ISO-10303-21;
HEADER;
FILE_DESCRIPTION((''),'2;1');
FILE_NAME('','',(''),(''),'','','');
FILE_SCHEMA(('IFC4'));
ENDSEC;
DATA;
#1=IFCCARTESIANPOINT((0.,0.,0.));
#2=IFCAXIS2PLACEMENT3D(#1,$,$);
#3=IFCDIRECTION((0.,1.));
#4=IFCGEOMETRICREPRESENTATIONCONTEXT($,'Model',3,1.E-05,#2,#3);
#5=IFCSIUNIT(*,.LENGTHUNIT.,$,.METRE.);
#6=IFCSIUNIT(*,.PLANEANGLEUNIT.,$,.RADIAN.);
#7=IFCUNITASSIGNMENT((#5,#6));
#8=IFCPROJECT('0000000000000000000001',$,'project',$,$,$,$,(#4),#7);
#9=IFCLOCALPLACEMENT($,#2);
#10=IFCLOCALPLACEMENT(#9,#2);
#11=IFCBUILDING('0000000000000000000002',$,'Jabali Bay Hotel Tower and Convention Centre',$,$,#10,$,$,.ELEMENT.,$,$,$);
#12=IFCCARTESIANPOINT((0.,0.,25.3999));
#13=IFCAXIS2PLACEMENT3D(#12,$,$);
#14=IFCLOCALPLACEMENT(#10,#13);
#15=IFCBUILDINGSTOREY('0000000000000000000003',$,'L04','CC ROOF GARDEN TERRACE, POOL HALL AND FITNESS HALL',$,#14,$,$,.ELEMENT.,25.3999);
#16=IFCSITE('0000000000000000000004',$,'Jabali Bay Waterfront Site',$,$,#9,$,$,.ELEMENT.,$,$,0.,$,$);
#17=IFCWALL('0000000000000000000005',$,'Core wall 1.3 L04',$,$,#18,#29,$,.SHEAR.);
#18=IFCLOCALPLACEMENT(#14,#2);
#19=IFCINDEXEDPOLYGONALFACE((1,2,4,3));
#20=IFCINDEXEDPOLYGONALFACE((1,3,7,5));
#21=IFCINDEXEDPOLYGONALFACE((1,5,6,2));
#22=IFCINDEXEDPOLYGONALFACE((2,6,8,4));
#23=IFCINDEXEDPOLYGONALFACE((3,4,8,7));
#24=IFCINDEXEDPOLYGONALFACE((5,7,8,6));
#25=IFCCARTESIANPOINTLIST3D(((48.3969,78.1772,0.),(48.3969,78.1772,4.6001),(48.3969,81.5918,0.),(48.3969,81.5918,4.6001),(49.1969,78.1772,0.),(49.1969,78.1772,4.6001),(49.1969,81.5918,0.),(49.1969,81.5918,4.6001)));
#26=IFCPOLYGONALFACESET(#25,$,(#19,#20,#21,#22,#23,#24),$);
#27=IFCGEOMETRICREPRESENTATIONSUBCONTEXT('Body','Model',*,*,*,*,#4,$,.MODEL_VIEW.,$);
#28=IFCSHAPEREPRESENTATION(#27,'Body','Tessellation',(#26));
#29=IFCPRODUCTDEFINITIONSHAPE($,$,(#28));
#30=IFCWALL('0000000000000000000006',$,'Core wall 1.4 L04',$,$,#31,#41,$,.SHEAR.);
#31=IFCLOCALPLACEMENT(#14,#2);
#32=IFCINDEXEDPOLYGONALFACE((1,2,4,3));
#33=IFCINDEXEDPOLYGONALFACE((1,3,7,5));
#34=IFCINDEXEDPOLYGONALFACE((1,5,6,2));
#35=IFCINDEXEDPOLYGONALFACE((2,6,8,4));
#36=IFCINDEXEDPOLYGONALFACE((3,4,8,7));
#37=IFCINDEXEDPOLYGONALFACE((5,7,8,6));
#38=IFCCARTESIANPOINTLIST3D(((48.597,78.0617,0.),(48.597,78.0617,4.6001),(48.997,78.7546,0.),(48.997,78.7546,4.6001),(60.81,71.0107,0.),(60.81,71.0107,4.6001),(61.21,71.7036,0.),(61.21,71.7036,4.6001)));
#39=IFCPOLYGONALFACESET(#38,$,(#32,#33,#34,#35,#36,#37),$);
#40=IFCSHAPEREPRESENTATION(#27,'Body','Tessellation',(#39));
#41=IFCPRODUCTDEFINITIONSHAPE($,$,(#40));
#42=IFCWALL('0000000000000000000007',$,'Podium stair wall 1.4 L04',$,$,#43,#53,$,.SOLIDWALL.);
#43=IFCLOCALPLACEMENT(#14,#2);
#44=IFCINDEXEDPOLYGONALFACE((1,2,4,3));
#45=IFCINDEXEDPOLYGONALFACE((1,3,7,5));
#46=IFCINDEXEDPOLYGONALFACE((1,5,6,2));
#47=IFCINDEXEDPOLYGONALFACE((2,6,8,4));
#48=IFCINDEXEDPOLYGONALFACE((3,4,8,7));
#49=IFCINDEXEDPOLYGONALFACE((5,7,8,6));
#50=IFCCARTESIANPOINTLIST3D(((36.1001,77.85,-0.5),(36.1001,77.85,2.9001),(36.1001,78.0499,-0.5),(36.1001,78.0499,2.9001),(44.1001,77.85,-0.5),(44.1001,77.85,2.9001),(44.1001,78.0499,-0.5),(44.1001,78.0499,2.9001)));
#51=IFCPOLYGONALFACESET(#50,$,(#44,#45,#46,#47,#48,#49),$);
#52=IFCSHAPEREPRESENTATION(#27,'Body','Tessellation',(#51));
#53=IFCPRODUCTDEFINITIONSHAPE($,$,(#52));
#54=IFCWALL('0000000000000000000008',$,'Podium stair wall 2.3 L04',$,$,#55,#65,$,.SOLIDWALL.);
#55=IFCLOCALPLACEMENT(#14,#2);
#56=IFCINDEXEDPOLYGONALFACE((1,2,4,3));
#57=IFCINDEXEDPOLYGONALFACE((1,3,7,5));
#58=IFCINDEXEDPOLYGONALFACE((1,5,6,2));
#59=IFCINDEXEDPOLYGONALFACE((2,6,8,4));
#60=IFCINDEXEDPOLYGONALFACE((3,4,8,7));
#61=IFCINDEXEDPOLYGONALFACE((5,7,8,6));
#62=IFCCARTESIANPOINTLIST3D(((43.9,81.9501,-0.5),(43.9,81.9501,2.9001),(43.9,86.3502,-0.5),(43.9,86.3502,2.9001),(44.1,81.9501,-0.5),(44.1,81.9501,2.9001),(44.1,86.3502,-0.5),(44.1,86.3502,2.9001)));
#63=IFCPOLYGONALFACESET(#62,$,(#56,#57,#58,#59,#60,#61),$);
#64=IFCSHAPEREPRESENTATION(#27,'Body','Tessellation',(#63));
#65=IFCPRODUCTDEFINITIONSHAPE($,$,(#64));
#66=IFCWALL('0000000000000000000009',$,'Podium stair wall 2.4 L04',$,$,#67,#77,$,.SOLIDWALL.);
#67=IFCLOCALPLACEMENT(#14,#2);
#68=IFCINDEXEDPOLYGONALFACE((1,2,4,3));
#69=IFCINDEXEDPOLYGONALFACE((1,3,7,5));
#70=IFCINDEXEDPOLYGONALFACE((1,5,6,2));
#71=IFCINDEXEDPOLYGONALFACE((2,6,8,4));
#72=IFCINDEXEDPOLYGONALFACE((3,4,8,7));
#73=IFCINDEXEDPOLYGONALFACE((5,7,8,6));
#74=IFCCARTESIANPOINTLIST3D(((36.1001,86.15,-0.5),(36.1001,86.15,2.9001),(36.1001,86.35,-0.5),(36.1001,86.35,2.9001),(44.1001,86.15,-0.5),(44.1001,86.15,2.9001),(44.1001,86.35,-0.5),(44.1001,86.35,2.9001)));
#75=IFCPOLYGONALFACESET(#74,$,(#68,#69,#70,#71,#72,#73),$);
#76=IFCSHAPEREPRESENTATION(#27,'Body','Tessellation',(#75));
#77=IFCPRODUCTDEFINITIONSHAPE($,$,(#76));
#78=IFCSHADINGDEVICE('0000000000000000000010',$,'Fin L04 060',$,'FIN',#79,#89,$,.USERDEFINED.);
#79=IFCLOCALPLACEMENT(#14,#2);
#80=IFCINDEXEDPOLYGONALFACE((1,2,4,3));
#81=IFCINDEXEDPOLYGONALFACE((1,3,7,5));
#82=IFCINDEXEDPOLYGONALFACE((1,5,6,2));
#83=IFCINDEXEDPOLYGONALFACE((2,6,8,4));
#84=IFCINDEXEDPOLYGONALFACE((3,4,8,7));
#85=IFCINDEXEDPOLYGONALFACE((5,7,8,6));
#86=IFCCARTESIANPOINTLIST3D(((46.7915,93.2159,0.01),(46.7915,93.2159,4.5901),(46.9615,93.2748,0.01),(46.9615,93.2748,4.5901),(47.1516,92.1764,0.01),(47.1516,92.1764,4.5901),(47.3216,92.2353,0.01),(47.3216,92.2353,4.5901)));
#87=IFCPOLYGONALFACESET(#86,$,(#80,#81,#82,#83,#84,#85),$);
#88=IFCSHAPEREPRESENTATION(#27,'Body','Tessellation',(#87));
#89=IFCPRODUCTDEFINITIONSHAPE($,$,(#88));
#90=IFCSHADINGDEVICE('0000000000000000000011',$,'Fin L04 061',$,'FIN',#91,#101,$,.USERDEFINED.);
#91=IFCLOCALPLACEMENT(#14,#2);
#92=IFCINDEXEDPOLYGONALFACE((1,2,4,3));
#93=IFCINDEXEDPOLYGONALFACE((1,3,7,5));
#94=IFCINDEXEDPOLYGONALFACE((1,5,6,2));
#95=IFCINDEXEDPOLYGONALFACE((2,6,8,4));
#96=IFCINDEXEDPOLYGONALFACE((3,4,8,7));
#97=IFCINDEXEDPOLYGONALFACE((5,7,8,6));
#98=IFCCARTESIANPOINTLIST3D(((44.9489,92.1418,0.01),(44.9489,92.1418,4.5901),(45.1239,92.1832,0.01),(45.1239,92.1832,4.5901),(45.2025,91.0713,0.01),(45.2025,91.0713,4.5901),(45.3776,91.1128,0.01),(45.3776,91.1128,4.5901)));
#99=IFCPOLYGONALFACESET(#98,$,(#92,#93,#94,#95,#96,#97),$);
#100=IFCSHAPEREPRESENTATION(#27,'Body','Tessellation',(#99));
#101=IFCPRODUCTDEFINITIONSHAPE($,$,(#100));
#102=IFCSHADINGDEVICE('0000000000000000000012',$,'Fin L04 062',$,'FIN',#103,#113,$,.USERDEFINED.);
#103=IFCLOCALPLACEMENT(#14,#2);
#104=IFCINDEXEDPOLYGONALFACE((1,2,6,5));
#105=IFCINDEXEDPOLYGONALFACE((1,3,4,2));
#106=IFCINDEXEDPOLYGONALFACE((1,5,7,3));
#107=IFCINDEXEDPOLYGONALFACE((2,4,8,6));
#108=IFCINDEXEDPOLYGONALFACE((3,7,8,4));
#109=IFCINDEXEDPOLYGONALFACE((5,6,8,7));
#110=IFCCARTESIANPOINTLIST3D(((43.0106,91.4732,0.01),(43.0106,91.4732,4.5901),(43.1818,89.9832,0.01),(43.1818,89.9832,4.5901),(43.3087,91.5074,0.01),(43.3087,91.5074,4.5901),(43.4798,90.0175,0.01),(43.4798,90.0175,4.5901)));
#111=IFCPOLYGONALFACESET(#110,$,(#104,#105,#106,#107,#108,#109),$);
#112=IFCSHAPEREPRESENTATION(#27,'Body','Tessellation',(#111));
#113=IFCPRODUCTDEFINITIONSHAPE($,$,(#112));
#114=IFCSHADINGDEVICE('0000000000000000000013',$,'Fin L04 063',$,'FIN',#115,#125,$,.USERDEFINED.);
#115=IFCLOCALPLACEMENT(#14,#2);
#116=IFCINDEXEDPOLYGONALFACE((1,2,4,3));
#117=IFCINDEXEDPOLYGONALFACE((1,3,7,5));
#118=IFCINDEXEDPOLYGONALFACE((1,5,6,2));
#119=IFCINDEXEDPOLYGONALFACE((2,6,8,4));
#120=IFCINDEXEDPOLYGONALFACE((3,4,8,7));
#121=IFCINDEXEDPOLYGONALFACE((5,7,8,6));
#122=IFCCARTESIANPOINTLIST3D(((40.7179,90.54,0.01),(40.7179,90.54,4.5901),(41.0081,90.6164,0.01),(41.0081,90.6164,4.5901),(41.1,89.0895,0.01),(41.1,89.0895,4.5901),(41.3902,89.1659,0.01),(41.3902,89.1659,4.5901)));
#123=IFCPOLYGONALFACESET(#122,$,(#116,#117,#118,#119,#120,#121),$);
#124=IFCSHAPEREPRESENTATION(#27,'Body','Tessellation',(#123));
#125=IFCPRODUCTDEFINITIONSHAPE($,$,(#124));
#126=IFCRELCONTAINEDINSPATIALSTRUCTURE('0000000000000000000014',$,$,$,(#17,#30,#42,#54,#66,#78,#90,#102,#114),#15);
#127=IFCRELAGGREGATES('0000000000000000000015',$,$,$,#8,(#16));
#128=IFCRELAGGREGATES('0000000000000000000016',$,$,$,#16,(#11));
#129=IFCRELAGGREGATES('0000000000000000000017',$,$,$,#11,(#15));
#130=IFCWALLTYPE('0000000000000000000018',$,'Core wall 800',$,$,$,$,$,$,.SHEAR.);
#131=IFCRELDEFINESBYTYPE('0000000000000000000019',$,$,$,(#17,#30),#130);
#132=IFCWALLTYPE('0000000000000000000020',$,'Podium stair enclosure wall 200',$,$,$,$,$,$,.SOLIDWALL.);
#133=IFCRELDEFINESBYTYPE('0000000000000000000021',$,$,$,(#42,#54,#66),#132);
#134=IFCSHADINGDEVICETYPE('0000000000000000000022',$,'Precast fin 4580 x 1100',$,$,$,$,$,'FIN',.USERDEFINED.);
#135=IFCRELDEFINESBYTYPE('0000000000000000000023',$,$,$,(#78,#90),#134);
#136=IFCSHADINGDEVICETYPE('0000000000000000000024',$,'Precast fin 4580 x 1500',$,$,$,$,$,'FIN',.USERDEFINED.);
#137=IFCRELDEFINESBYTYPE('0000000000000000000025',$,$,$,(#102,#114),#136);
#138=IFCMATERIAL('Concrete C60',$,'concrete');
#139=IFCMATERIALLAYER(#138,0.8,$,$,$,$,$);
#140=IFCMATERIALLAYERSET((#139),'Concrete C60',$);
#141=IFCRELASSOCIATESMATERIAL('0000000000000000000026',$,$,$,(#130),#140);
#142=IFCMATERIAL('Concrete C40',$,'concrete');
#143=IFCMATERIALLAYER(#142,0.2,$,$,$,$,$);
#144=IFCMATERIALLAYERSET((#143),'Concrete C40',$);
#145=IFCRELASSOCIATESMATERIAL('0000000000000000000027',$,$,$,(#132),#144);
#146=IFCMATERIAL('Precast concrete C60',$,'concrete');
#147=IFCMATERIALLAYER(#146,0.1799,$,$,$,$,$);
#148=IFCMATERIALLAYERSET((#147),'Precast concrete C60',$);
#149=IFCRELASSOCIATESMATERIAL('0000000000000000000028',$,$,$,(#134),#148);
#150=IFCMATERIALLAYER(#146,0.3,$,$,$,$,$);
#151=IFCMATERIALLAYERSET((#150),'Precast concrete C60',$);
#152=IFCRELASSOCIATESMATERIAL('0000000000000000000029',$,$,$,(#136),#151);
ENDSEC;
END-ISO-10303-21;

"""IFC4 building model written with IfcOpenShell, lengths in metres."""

from ifc_helpers import new_model, si_unit, direction, frame, frame_2d, origin, place, context, subcontext, project, spatial, rectangle, extrude, material, layer, layer_set, type_object, element, save


model = new_model("IFC4")

# Units and contexts
model_context = context("Model", 3, precision=1e-05, world=origin(), true_north=direction((0.0, 1.0)))
body_context = subcontext(model_context, "Body", "Model", "MODEL_VIEW")
ifc_project = project(units=[si_unit("LENGTHUNIT", "METRE"), si_unit("PLANEANGLEUNIT", "RADIAN")], contexts=[model_context])

# Site, building, storey
site_placement = place(None, origin())
site = spatial("IfcSite", under=ifc_project, at=site_placement, Name="Jabali Bay Waterfront Site", CompositionType="ELEMENT", RefElevation=0.0)
building_placement = place(site_placement, origin())
building = spatial("IfcBuilding", under=site, at=building_placement, Name="Jabali Bay Hotel Tower and Convention Centre", CompositionType="ELEMENT")
storey_placement = place(building_placement, frame((0.0, 0.0, 25.3999)))
storey = spatial("IfcBuildingStorey", under=building, at=storey_placement, Name="L04", Description="CC ROOF GARDEN TERRACE, POOL HALL AND FITNESS HALL", CompositionType="ELEMENT", Elevation=25.3999)

# Shared definitions
ifc_material_1 = material(Name="Concrete C60", Category="concrete")

# Walls
ifc_layer_1 = layer(ifc_material_1, 0.8)
ifc_layer_set_1 = layer_set([ifc_layer_1], Name="Concrete C60")
wall_type_1 = type_object("IfcWallType", Name="Core wall 800", PredefinedType="SHEAR", material=ifc_layer_set_1)
wall_1_placement = place(storey_placement, frame((48.7969, 81.5918, 0.0), z_axis=(0.0, 0.0, 1.0), x_axis=(0.0, -1.0, 0.0)))
element("IfcWall", 1, at=wall_1_placement, inside=storey, type_object=wall_type_1, Name="Core wall 1.3 L04", PredefinedType="SHEAR", context=body_context, shape_type="SweptSolid", body=[
    extrude(rectangle(XDim=3.4146, YDim=0.8, at=frame_2d((1.7073, 0.0))), origin(), (0.0, 0.0, 1.0), 4.6001),
])
wall_2_placement = place(storey_placement, frame((48.7969, 78.4082, 0.0), z_axis=(0.0, 0.0, 1.0), x_axis=(0.866033, -0.499988, 0.0)))
element("IfcWall", 2, at=wall_2_placement, inside=storey, type_object=wall_type_1, Name="Core wall 1.4 L04", PredefinedType="SHEAR", context=body_context, shape_type="SweptSolid", body=[
    extrude(rectangle(XDim=14.1023, YDim=0.8, at=frame_2d((7.0513, 0.0))), origin(), (0.0, 0.0, 1.0), 4.6001),
])
ifc_material_2 = material(Name="Concrete C40", Category="concrete")
ifc_layer_2 = layer(ifc_material_2, 0.2)
ifc_layer_set_2 = layer_set([ifc_layer_2], Name="Concrete C40")
wall_type_2 = type_object("IfcWallType", Name="Podium stair enclosure wall 200", PredefinedType="SOLIDWALL", material=ifc_layer_set_2)
wall_3_placement = place(storey_placement, frame((44.1001, 77.95, -0.5), z_axis=(0.0, 0.0, 1.0), x_axis=(-1.0, 0.0, 0.0)))
element("IfcWall", 3, at=wall_3_placement, inside=storey, type_object=wall_type_2, Name="Podium stair wall 1.4 L04", PredefinedType="SOLIDWALL", context=body_context, shape_type="SweptSolid", body=[
    extrude(rectangle(XDim=8.0, YDim=0.2, at=frame_2d((4.0, 0.0))), origin(), (0.0, 0.0, 1.0), 3.4001),
])
wall_4_placement = place(storey_placement, frame((44.0, 81.95, -0.5), z_axis=(0.0, 0.0, 1.0), x_axis=(0.0, 1.0, 0.0)))
element("IfcWall", 4, at=wall_4_placement, inside=storey, type_object=wall_type_2, Name="Podium stair wall 2.3 L04", PredefinedType="SOLIDWALL", context=body_context, shape_type="SweptSolid", body=[
    extrude(rectangle(XDim=4.4001, YDim=0.2, at=frame_2d((2.2002, 0.0))), origin(), (0.0, 0.0, 1.0), 3.4001),
])
wall_5_placement = place(storey_placement, frame((44.1001, 86.25, -0.5), z_axis=(0.0, 0.0, 1.0), x_axis=(-1.0, 0.0, 0.0)))
element("IfcWall", 5, at=wall_5_placement, inside=storey, type_object=wall_type_2, Name="Podium stair wall 2.4 L04", PredefinedType="SOLIDWALL", context=body_context, shape_type="SweptSolid", body=[
    extrude(rectangle(XDim=8.0, YDim=0.2, at=frame_2d((4.0, 0.0))), origin(), (0.0, 0.0, 1.0), 3.4001),
])

# Shading devices
ifc_material_3 = material(Name="Precast concrete C60", Category="concrete")
ifc_layer_3 = layer(ifc_material_3, 0.1799)
ifc_layer_set_3 = layer_set([ifc_layer_3], Name="Precast concrete C60")
shading_device_type_1 = type_object("IfcShadingDeviceType", Name="Precast fin 4580 x 1100", ElementType="FIN", PredefinedType="USERDEFINED", material=ifc_layer_set_3)
for number, where, z_axis, x_axis, name in (
    (6, (47.2366, 92.2058, 0.01), (0.0, 0.0, 1.0), (-0.327324, 0.944912, 0.0), "Fin L04 060"),
    (7, (45.29, 91.092, 0.01), (0.0, 0.0, 1.0), (-0.23056, 0.973058, 0.0), "Fin L04 061"),
):
    element("IfcShadingDevice", number, at=place(storey_placement, frame(where, z_axis=z_axis, x_axis=x_axis)), inside=storey, type_object=shading_device_type_1, Name=name, ObjectType="FIN", PredefinedType="USERDEFINED", context=body_context, shape_type="SweptSolid", body=[
        extrude(rectangle(XDim=1.1001, YDim=0.1799, at=frame_2d((0.55, 0.0))), origin(), (0.0, 0.0, 1.0), 4.5801),
    ])
ifc_layer_4 = layer(ifc_material_3, 0.3)
ifc_layer_set_4 = layer_set([ifc_layer_4], Name="Precast concrete C60")
shading_device_type_2 = type_object("IfcShadingDeviceType", Name="Precast fin 4580 x 1500", ElementType="FIN", PredefinedType="USERDEFINED", material=ifc_layer_set_4)
shading_device_1_placement = place(storey_placement, frame((43.3308, 90.0002, 0.01), z_axis=(0.0, 0.0, 1.0), x_axis=(-0.114111, 0.993468, 0.0)))
element("IfcShadingDevice", 8, at=shading_device_1_placement, inside=storey, type_object=shading_device_type_2, Name="Fin L04 062", ObjectType="FIN", PredefinedType="USERDEFINED", context=body_context, shape_type="SweptSolid", body=[
    extrude(rectangle(XDim=1.4998, YDim=0.3, at=frame_2d((0.75, 0.0))), origin(), (0.0, 0.0, 1.0), 4.5801),
])
shading_device_2_placement = place(storey_placement, frame((41.2451, 89.1277, 0.01), z_axis=(0.0, 0.0, 1.0), x_axis=(-0.254734, 0.967011, 0.0)))
element("IfcShadingDevice", 9, at=shading_device_2_placement, inside=storey, type_object=shading_device_type_2, Name="Fin L04 063", ObjectType="FIN", PredefinedType="USERDEFINED", context=body_context, shape_type="SweptSolid", body=[
    extrude(rectangle(XDim=1.5, YDim=0.3, at=frame_2d((0.75, 0.0))), origin(), (0.0, 0.0, 1.0), 4.5801),
])

save(model, "model.ifc")
